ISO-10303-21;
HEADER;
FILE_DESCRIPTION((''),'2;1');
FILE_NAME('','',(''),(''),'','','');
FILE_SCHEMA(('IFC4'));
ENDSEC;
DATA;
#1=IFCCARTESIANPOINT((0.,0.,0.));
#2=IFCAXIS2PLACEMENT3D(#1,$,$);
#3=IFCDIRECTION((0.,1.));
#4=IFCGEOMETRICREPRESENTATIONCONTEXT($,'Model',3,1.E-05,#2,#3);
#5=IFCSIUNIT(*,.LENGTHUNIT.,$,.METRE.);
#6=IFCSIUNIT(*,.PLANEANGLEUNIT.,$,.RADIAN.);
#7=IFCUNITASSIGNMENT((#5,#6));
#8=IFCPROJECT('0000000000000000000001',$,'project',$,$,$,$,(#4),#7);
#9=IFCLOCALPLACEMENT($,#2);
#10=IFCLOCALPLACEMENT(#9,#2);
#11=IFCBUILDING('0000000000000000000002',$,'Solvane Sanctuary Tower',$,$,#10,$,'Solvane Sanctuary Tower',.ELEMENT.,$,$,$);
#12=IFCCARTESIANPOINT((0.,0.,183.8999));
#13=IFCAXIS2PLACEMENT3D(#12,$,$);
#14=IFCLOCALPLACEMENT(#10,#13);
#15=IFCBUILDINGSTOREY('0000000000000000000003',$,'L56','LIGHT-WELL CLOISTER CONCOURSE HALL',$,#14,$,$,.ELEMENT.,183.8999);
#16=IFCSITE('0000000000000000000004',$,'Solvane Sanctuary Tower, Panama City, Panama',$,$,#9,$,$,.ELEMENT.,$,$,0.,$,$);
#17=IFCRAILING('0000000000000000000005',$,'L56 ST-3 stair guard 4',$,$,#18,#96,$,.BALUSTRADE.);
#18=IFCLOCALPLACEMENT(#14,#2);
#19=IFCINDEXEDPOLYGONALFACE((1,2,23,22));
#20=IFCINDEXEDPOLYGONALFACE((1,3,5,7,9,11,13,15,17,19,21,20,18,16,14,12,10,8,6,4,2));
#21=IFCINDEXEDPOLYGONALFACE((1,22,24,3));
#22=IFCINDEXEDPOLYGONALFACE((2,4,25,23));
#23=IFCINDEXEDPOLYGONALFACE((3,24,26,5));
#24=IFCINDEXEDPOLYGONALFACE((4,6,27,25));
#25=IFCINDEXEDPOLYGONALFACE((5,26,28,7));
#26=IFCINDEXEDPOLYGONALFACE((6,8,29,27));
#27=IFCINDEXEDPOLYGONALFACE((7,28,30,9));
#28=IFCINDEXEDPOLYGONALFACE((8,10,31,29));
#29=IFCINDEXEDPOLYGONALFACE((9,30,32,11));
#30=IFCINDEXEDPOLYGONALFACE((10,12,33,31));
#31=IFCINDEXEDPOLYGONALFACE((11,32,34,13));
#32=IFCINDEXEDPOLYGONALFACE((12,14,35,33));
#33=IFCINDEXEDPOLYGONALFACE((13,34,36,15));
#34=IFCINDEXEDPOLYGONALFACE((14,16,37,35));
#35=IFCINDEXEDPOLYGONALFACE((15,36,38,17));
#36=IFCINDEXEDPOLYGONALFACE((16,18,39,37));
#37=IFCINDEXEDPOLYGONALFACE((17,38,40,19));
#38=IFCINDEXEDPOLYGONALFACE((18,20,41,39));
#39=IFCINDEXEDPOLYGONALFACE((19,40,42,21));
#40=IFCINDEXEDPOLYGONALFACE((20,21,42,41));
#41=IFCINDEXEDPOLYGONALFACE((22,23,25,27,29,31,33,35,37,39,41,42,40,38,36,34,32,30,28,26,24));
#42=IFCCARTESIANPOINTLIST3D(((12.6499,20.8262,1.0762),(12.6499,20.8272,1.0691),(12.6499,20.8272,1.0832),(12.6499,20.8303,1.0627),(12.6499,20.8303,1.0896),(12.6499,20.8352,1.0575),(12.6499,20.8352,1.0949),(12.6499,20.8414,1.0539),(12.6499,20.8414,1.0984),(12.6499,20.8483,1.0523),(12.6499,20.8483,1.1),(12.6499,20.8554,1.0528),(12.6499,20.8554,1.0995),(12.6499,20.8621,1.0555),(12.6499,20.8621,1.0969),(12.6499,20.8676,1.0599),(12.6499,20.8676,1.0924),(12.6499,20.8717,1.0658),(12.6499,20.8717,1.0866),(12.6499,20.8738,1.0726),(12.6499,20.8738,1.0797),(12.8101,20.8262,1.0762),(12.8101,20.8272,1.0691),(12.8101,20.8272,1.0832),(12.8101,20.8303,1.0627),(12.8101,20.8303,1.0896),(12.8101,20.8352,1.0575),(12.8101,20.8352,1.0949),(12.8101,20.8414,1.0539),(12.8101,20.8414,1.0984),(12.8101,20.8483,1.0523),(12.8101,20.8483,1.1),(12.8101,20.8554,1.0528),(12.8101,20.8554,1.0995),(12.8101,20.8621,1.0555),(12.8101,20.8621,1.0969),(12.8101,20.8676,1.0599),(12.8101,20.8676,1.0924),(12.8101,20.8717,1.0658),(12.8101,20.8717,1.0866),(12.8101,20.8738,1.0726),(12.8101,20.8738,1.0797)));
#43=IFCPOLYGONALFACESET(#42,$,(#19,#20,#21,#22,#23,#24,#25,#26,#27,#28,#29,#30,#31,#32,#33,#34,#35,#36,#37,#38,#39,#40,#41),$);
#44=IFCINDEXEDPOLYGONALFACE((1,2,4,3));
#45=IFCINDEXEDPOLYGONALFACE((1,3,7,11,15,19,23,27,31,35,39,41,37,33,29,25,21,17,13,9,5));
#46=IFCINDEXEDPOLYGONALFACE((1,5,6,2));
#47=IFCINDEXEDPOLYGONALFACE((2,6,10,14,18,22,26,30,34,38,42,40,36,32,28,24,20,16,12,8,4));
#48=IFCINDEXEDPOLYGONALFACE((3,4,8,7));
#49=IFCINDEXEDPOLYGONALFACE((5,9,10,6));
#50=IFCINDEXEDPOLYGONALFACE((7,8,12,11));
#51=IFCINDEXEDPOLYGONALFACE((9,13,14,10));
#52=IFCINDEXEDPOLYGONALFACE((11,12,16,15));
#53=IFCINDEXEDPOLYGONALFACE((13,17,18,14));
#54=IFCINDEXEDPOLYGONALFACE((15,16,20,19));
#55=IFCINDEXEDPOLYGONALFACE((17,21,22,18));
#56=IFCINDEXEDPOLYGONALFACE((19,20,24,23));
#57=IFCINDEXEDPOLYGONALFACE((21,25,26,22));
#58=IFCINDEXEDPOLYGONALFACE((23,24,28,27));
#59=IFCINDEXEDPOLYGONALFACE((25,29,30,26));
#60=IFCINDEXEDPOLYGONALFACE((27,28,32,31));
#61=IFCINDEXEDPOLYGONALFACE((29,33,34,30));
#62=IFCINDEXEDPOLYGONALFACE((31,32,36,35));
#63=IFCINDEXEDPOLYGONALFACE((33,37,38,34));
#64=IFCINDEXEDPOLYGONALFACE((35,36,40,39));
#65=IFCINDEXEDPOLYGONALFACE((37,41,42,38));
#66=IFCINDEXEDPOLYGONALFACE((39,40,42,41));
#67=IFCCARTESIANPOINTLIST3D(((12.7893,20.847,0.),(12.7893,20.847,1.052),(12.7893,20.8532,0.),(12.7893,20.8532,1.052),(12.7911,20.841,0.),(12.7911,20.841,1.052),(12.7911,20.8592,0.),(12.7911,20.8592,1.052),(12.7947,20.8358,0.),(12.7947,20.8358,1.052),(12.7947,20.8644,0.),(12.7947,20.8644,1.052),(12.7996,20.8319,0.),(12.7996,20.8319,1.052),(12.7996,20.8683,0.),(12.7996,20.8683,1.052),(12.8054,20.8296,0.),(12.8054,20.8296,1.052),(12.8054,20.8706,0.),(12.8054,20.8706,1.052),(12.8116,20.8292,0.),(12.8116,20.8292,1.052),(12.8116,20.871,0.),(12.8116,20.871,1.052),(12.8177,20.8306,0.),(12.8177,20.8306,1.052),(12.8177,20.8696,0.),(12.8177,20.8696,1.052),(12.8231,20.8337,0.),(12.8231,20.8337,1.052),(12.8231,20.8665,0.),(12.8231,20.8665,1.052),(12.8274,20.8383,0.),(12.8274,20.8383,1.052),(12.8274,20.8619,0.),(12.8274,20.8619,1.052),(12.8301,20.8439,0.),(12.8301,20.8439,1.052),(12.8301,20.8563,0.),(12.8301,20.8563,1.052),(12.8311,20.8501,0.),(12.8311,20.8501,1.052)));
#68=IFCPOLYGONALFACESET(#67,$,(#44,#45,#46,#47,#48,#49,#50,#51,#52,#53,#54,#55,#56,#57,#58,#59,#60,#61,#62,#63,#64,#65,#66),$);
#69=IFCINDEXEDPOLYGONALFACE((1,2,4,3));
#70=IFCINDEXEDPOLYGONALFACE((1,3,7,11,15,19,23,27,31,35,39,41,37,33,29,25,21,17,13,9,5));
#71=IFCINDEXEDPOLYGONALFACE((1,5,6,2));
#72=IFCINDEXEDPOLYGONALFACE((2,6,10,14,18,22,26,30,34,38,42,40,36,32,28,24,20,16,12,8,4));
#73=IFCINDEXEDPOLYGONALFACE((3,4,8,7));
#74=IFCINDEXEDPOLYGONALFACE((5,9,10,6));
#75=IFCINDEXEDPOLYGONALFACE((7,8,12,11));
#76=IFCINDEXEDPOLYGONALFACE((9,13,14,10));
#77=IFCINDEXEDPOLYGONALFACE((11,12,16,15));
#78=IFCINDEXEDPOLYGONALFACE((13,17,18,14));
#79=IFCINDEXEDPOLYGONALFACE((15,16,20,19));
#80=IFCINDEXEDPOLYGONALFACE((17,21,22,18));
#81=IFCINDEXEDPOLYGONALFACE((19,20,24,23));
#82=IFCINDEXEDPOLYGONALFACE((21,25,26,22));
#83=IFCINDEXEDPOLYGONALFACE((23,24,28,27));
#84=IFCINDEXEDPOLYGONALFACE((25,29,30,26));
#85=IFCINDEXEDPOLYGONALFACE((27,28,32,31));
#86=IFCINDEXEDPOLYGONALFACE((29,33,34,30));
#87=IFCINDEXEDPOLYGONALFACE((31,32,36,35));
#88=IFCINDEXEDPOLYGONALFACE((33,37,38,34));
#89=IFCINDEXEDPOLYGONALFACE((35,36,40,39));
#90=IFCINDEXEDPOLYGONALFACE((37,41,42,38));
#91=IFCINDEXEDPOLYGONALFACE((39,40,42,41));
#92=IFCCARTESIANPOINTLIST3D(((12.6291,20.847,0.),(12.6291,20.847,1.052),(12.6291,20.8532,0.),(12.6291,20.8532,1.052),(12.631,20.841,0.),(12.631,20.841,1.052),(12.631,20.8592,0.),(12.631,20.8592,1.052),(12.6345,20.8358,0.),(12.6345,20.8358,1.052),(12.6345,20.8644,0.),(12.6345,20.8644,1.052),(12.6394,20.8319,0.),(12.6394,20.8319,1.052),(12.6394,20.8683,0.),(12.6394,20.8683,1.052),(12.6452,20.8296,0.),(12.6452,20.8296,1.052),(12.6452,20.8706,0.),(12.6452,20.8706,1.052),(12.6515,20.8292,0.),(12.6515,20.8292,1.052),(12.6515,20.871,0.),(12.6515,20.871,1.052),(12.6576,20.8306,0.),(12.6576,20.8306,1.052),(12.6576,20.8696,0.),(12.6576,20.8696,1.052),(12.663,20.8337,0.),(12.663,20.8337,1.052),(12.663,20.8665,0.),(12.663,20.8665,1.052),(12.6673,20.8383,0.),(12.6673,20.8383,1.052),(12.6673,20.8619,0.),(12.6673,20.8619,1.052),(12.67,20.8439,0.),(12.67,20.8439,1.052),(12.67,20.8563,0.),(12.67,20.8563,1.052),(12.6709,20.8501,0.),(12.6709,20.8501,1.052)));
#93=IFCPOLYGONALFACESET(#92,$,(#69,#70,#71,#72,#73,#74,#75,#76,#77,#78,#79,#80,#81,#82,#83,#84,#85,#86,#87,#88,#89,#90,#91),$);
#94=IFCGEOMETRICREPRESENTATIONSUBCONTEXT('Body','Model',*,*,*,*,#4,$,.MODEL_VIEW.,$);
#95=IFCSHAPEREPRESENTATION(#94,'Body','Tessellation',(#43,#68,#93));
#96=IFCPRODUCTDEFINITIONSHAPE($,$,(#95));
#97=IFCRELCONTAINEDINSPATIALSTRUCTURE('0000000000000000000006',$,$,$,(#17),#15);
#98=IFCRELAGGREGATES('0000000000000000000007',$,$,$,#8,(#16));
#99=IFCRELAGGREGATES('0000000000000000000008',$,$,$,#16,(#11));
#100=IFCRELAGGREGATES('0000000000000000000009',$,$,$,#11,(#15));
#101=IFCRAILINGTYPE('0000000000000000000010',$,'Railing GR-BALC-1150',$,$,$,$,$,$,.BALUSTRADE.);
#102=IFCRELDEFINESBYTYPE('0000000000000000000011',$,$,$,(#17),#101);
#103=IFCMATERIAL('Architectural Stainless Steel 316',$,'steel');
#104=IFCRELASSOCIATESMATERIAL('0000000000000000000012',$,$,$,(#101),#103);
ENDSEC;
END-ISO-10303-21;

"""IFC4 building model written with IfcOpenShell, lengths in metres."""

from ifc_helpers import new_model, si_unit, direction, frame, origin, origin_2d, place, context, subcontext, project, spatial, circle, extrude, material, type_object, element, save


model = new_model("IFC4")

# Units and contexts
model_context = context("Model", 3, precision=1e-05, world=origin(), true_north=direction((0.0, 1.0)))
body_context = subcontext(model_context, "Body", "Model", "MODEL_VIEW")
ifc_project = project(units=[si_unit("LENGTHUNIT", "METRE"), si_unit("PLANEANGLEUNIT", "RADIAN")], contexts=[model_context])

# Site, building, storey
site_placement = place(None, origin())
site = spatial("IfcSite", under=ifc_project, at=site_placement, Name="Solvane Sanctuary Tower, Panama City, Panama", CompositionType="ELEMENT", RefElevation=0.0)
building_placement = place(site_placement, origin())
building = spatial("IfcBuilding", under=site, at=building_placement, Name="Solvane Sanctuary Tower", LongName="Solvane Sanctuary Tower", CompositionType="ELEMENT")
storey_placement = place(building_placement, frame((0.0, 0.0, 183.8999)))
storey = spatial("IfcBuildingStorey", under=building, at=storey_placement, Name="L56", Description="LIGHT-WELL CLOISTER CONCOURSE HALL", CompositionType="ELEMENT", Elevation=183.8999)

# Railing
ifc_material_1 = material(Name="Architectural Stainless Steel 316", Category="steel")
railing_type_1 = type_object("IfcRailingType", Name="Railing GR-BALC-1150", PredefinedType="BALUSTRADE", material=ifc_material_1)
railing_1_placement = place(storey_placement, frame((12.8101, 20.8501, 0.0)))
element("IfcRailing", 1, at=railing_1_placement, inside=storey, type_object=railing_type_1, Name="L56 ST-3 stair guard 4", PredefinedType="BALUSTRADE", context=body_context, shape_type="SweptSolid", body=[
    extrude(circle(Radius=0.0239, at=origin_2d()), frame((0.0, 0.0, 1.0762), z_axis=(-1.0, 0.0, 0.0), x_axis=(0.0, -1.0, 0.0)), (0.0, 0.0, 1.0), 0.1602),
    extrude(circle(Radius=0.021, at=origin_2d()), origin(), (0.0, 0.0, 1.0), 1.052),
    extrude(circle(Radius=0.021, at=origin_2d()), frame((-0.1602, 0.0, 0.0)), (0.0, 0.0, 1.0), 1.052),
])

save(model, "model.ifc")
